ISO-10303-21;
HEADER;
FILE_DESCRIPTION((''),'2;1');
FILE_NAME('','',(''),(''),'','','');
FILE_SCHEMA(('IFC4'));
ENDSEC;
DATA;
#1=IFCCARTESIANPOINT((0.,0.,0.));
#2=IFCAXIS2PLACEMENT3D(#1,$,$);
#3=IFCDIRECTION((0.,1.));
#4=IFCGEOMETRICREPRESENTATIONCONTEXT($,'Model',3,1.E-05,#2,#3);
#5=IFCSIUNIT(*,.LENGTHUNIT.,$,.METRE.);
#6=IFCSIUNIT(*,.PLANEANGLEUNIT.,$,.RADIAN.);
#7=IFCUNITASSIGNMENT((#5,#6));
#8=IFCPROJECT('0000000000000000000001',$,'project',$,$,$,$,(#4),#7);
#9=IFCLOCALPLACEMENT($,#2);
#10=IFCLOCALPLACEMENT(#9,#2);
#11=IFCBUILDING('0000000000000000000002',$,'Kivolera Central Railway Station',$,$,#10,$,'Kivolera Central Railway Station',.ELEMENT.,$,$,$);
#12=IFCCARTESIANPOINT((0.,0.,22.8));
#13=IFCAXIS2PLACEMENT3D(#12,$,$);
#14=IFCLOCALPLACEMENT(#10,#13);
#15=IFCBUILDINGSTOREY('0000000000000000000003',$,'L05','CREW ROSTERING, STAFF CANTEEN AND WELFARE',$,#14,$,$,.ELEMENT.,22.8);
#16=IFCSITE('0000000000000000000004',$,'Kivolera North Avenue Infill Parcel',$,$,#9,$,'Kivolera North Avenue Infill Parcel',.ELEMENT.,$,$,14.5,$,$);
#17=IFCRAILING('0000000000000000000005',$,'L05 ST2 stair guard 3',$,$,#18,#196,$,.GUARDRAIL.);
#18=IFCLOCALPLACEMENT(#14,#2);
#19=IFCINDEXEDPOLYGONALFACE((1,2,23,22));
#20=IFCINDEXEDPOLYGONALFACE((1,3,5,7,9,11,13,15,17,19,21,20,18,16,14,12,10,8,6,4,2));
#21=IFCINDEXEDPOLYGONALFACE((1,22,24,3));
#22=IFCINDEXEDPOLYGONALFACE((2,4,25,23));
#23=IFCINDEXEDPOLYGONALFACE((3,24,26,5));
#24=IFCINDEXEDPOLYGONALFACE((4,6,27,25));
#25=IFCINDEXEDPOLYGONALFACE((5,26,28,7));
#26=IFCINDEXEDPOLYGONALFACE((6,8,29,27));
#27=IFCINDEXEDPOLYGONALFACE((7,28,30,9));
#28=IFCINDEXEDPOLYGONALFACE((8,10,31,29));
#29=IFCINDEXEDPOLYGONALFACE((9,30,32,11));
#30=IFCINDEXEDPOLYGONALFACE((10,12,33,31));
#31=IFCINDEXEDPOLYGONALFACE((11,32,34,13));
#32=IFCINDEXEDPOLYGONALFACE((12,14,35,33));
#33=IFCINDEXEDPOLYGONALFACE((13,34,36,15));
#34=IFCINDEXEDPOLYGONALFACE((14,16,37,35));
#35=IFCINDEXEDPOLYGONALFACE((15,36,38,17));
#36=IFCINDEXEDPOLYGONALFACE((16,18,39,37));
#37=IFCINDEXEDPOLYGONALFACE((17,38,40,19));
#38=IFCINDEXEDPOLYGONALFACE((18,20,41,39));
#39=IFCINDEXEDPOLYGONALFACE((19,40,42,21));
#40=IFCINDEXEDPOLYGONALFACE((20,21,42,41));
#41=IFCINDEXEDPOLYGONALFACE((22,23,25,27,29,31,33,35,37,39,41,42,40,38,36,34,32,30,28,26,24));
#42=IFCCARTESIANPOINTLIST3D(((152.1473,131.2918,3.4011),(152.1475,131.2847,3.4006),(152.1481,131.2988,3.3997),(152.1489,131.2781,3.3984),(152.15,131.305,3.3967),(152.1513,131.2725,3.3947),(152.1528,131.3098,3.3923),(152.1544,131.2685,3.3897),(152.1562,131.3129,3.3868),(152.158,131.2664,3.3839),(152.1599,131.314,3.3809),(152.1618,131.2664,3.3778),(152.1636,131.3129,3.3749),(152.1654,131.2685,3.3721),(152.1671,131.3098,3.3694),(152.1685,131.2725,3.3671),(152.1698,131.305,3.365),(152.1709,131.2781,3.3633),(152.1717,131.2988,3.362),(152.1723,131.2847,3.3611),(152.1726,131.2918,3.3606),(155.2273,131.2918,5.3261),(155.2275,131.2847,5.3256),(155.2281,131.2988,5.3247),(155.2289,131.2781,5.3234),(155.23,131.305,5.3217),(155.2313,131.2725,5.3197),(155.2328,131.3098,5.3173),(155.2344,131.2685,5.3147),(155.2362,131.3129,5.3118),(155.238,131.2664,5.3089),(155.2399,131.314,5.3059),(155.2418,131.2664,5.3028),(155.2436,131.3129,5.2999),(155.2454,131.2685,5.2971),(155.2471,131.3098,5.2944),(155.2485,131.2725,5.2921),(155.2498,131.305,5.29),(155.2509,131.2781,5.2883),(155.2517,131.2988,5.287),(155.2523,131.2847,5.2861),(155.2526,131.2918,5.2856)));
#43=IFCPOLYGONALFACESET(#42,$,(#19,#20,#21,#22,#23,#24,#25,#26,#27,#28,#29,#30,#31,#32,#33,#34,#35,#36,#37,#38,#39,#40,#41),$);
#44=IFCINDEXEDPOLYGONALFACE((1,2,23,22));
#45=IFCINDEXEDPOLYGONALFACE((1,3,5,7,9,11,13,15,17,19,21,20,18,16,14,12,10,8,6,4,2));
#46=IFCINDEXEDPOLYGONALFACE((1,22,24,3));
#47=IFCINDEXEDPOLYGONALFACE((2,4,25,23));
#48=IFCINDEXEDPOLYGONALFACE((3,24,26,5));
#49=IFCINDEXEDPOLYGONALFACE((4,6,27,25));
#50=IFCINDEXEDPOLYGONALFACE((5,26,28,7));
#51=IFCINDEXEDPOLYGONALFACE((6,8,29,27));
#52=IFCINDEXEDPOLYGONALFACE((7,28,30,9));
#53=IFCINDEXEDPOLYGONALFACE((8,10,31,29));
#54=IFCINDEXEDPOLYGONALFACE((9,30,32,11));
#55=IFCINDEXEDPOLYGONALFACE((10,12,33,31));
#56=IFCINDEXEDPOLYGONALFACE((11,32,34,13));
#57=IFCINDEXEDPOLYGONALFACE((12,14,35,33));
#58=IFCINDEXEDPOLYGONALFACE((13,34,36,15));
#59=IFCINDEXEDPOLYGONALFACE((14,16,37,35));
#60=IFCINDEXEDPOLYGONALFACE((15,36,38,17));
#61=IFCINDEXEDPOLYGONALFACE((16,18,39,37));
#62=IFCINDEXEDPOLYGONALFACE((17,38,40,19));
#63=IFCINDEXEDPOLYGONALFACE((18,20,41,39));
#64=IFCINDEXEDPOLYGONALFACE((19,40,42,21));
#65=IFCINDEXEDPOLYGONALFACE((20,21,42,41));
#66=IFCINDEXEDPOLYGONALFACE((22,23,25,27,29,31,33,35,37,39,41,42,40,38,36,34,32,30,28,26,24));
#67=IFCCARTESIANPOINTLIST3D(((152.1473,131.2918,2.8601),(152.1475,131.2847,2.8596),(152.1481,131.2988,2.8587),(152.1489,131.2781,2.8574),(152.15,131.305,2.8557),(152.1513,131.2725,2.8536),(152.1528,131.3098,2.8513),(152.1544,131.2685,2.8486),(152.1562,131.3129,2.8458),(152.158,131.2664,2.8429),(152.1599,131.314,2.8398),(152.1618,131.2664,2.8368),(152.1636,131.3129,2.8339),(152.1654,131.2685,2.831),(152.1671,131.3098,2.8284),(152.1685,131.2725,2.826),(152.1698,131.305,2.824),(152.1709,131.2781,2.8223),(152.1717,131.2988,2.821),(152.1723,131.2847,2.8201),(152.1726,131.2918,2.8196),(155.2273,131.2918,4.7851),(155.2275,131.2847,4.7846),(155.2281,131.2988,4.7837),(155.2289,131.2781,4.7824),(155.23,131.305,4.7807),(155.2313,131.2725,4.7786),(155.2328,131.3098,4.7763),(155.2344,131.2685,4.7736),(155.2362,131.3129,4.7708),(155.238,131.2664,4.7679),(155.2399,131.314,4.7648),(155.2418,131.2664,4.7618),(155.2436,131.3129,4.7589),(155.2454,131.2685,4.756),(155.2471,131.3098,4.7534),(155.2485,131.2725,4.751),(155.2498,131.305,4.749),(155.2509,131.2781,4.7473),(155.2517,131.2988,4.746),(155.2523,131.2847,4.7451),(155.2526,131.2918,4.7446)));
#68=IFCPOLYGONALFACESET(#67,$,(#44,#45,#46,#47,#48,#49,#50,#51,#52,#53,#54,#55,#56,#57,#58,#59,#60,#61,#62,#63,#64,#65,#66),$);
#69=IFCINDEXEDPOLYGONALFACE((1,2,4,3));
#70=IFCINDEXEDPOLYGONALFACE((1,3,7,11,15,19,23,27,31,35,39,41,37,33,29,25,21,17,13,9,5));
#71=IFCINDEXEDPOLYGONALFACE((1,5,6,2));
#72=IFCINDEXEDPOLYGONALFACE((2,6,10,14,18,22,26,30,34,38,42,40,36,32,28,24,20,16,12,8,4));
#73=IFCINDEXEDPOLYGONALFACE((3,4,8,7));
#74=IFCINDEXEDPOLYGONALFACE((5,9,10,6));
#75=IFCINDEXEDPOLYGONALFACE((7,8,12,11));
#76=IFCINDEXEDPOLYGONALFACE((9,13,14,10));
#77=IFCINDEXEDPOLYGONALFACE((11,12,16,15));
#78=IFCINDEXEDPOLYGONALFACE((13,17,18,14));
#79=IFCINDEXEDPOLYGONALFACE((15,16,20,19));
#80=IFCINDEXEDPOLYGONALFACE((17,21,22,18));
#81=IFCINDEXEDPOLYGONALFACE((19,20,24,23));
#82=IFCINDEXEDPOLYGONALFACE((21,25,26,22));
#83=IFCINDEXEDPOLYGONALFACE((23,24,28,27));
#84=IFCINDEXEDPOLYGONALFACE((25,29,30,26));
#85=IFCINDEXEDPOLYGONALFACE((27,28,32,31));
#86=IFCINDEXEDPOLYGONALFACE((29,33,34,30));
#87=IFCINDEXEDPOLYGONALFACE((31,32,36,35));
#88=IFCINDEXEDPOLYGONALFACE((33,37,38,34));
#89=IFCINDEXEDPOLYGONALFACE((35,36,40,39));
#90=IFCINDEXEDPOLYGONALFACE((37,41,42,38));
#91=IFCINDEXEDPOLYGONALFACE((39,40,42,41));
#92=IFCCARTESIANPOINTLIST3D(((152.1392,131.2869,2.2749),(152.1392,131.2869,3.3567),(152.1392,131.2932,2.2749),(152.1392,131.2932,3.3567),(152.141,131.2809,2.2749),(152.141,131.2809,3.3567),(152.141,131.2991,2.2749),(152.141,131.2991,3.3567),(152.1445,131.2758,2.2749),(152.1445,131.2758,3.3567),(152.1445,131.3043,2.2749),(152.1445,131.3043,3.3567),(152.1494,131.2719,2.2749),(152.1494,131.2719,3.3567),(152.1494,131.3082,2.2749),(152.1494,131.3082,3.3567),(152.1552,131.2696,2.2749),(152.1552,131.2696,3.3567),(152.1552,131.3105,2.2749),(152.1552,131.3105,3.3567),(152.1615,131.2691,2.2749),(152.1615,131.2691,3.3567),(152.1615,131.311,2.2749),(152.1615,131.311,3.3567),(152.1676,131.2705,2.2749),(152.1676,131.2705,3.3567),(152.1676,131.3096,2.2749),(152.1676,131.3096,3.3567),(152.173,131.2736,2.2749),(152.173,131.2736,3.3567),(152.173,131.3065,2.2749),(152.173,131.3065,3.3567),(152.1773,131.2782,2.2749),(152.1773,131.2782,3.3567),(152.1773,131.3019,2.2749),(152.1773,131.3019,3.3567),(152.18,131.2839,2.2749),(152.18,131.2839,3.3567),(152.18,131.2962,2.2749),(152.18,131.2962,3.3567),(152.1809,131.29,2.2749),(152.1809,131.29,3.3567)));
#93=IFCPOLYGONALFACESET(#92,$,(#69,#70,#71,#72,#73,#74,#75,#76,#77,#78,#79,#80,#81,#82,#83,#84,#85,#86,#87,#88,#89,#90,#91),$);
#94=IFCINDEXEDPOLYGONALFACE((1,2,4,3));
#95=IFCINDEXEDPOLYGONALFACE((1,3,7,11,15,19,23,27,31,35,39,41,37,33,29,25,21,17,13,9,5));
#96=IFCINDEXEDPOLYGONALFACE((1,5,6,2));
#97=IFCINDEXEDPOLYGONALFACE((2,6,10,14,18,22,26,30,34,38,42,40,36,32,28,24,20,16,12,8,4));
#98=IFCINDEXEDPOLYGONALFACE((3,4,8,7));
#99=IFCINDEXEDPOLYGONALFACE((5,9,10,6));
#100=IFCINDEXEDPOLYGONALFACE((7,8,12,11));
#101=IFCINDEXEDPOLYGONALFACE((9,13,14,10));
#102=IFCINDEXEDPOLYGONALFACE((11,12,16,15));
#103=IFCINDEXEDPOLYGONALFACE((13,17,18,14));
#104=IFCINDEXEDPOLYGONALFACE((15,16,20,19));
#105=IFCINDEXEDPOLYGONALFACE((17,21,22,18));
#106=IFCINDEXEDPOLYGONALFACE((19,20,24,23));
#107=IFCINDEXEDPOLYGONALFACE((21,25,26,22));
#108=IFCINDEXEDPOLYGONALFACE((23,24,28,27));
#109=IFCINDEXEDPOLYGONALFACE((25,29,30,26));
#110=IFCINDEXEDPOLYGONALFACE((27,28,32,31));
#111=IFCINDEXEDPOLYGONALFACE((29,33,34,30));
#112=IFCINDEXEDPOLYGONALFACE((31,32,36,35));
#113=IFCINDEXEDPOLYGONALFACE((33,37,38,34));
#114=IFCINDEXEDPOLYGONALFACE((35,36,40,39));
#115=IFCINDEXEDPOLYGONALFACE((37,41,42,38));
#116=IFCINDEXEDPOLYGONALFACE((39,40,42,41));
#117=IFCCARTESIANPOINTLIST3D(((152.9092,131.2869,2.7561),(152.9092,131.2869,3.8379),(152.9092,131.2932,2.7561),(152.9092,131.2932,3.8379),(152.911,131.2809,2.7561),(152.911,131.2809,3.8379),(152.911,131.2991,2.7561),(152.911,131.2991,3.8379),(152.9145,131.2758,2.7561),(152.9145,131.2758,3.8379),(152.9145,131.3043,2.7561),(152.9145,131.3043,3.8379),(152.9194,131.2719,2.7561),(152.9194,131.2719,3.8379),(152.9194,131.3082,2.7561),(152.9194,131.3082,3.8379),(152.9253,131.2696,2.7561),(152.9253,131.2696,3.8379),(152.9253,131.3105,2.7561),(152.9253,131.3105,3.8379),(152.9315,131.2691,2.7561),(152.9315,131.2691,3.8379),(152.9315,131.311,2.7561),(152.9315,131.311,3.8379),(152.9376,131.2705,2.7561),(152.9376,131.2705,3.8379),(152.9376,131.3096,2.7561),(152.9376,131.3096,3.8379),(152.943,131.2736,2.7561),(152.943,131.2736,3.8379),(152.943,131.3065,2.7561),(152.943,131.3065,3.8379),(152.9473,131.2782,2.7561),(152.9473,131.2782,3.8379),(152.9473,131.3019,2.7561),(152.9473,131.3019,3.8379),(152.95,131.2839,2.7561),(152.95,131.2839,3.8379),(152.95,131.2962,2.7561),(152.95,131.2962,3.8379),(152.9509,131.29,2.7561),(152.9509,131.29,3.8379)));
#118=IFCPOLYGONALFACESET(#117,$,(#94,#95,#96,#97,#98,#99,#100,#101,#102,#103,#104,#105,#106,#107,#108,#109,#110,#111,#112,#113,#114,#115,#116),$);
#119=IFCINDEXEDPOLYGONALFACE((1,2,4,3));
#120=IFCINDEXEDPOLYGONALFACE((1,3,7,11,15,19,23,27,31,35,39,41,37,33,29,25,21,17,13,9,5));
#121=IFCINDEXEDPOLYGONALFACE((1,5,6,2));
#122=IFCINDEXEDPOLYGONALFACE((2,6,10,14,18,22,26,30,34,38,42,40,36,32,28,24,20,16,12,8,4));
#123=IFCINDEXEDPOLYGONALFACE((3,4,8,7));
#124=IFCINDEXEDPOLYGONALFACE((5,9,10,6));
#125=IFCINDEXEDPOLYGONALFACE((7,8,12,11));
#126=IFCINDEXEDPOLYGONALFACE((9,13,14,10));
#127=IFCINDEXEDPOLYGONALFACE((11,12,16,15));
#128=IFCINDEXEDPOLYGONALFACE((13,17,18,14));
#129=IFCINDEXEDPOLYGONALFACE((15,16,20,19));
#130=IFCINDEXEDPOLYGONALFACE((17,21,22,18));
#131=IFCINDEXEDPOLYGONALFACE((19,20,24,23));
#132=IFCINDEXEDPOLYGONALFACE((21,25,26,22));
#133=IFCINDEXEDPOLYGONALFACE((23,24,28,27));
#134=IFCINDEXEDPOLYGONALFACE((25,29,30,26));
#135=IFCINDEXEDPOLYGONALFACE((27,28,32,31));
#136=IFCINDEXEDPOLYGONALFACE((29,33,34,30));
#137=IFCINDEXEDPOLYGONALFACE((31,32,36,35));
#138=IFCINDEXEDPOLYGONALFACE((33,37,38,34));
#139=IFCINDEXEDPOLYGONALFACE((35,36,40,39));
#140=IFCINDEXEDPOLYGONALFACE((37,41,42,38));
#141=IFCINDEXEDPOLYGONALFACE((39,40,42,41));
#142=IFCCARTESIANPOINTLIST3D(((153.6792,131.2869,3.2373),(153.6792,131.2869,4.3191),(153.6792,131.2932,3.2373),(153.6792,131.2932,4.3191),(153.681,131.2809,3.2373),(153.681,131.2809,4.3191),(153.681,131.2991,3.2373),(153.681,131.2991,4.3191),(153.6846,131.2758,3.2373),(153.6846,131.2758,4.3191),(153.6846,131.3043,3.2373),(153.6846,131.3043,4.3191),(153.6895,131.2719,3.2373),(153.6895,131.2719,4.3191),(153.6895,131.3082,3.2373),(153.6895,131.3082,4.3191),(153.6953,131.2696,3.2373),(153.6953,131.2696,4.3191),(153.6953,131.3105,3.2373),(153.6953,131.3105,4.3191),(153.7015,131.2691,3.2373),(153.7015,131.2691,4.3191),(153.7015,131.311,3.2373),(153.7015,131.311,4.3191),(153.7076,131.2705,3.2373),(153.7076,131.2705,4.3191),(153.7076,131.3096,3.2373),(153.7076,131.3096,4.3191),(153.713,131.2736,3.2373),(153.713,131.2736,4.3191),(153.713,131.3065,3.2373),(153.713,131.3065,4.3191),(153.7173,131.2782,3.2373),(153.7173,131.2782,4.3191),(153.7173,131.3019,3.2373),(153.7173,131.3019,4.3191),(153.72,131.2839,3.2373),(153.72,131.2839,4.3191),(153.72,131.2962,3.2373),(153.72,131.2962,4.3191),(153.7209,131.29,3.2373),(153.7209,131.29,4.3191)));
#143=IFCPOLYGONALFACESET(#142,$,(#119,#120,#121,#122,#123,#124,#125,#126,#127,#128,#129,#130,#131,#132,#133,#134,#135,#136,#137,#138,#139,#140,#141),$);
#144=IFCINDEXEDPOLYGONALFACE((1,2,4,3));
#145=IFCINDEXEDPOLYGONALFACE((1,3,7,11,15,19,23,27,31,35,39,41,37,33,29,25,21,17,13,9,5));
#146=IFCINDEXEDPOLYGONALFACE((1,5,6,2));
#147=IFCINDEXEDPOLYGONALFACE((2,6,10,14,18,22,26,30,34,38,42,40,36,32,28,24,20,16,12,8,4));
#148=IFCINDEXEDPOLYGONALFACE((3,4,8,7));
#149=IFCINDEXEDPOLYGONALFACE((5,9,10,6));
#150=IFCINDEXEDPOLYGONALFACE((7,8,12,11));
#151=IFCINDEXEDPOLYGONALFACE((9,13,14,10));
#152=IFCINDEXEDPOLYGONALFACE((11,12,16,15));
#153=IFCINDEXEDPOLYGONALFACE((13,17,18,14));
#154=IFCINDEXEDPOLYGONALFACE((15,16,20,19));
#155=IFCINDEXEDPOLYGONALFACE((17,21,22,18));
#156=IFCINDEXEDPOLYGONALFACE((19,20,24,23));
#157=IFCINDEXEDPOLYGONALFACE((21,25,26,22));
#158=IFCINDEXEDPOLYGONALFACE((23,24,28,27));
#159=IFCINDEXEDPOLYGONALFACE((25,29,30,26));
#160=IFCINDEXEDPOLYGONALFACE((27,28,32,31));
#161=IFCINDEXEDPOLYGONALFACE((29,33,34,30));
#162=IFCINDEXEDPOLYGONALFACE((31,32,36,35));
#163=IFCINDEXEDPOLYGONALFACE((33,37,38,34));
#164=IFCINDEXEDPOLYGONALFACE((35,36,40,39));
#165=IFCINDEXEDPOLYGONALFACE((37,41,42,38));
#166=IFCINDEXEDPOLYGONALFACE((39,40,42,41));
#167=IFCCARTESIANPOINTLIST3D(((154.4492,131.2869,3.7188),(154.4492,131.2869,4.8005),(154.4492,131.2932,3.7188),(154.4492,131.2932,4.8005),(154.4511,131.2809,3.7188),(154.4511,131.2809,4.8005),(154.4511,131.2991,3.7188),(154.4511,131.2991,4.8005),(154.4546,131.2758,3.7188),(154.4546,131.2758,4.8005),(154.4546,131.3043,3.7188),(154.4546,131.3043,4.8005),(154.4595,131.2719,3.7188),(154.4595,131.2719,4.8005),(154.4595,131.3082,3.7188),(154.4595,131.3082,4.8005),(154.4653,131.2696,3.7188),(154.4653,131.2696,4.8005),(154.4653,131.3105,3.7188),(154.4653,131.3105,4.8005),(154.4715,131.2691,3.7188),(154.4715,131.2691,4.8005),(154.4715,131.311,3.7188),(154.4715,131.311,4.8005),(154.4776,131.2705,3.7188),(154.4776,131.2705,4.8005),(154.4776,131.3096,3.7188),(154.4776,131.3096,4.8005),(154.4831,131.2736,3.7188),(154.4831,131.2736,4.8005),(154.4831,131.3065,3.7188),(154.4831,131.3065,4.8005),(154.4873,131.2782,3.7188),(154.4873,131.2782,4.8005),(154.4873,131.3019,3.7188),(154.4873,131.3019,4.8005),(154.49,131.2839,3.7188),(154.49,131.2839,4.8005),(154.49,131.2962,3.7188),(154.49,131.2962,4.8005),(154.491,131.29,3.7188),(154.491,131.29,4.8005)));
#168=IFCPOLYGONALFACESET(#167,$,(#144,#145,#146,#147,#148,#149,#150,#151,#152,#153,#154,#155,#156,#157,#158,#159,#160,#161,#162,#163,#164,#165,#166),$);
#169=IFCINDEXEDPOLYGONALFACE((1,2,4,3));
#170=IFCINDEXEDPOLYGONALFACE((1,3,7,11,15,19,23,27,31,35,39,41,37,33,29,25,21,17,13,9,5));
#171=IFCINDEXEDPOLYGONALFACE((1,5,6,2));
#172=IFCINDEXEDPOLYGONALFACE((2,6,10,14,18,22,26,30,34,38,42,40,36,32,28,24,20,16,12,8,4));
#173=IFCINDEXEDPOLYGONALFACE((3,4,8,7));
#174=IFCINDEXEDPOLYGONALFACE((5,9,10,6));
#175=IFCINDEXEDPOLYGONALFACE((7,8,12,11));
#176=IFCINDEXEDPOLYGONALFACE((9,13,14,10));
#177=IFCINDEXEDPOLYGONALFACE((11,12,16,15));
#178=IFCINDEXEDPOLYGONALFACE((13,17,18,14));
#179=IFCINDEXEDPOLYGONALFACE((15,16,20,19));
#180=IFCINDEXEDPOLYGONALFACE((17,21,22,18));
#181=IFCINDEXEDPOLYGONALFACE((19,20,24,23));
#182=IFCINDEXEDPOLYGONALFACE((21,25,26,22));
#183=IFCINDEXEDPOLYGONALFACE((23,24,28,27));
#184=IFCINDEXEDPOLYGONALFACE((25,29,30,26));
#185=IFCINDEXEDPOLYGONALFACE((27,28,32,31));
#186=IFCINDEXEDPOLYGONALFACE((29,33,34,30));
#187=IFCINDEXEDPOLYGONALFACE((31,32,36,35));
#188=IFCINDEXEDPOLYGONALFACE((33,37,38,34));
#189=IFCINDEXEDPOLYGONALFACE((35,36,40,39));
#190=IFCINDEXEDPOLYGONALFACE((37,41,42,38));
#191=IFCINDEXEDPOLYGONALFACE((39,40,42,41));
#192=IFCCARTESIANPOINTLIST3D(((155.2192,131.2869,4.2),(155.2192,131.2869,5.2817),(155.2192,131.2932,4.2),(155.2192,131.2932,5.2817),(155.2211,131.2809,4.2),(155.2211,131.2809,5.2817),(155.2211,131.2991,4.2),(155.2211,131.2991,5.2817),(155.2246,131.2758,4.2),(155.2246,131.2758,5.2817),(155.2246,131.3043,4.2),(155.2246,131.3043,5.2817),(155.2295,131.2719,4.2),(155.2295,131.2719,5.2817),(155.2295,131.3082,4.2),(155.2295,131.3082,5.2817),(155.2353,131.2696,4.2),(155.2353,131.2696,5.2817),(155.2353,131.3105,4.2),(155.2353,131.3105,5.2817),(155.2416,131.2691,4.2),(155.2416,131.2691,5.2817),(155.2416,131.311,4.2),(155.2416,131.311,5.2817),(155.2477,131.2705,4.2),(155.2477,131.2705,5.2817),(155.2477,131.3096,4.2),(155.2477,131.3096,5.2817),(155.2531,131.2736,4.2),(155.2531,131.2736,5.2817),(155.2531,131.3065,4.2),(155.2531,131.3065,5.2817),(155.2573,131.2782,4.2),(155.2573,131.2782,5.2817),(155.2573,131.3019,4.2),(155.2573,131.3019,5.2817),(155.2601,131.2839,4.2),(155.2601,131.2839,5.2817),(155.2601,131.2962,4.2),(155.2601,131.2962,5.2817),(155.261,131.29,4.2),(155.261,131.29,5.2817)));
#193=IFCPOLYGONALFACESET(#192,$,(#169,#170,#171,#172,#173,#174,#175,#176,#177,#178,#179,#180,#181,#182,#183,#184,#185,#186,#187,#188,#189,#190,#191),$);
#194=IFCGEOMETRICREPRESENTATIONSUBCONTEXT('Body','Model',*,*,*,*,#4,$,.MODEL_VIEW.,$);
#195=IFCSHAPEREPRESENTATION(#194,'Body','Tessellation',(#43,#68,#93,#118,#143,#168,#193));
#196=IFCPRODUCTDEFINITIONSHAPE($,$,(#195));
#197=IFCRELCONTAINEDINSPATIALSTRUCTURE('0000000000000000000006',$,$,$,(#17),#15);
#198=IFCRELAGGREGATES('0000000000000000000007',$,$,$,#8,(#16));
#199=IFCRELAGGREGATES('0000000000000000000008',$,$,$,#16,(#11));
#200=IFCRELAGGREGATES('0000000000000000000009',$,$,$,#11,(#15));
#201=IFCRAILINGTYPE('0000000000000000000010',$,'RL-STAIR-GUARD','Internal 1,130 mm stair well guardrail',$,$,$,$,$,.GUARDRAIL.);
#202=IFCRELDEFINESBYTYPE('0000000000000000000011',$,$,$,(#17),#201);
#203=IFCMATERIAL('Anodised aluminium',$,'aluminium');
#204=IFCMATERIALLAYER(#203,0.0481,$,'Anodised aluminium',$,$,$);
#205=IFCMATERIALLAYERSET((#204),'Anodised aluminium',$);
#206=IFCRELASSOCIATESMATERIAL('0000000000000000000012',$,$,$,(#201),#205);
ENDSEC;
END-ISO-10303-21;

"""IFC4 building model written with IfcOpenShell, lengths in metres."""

from ifc_helpers import new_model, si_unit, direction, frame, origin, origin_2d, place, context, subcontext, project, spatial, circle, extrude, material, layer, layer_set, type_object, element, save


model = new_model("IFC4")

# Units and contexts
model_context = context("Model", 3, precision=1e-05, world=origin(), true_north=direction((0.0, 1.0)))
body_context = subcontext(model_context, "Body", "Model", "MODEL_VIEW")
ifc_project = project(units=[si_unit("LENGTHUNIT", "METRE"), si_unit("PLANEANGLEUNIT", "RADIAN")], contexts=[model_context])

# Site, building, storey
site_placement = place(None, origin())
site = spatial("IfcSite", under=ifc_project, at=site_placement, Name="Kivolera North Avenue Infill Parcel", LongName="Kivolera North Avenue Infill Parcel", CompositionType="ELEMENT", RefElevation=14.5)
building_placement = place(site_placement, origin())
building = spatial("IfcBuilding", under=site, at=building_placement, Name="Kivolera Central Railway Station", LongName="Kivolera Central Railway Station", CompositionType="ELEMENT")
storey_placement = place(building_placement, frame((0.0, 0.0, 22.8)))
storey = spatial("IfcBuildingStorey", under=building, at=storey_placement, Name="L05", Description="CREW ROSTERING, STAFF CANTEEN AND WELFARE", CompositionType="ELEMENT", Elevation=22.8)

# Shared definitions
ifc_material_1 = material(Name="Anodised aluminium", Category="aluminium")

# Railing
ifc_layer_1 = layer(ifc_material_1, 0.0481, Name="Anodised aluminium")
ifc_layer_set_1 = layer_set([ifc_layer_1], Name="Anodised aluminium")
railing_type = type_object("IfcRailingType", Name="RL-STAIR-GUARD", Description="Internal 1,130 mm stair well guardrail", PredefinedType="GUARDRAIL", material=ifc_layer_set_1)
railing_1_placement = place(storey_placement, frame((152.1599, 131.29, 2.2749)))
element("IfcRailing", 1, at=railing_1_placement, inside=storey, type_object=railing_type, Name="L05 ST2 stair guard 3", PredefinedType="GUARDRAIL", context=body_context, shape_type="SweptSolid", body=[
    extrude(circle(Radius=0.0239, at=origin_2d()), frame((0.0, 0.0, 1.106), z_axis=(0.847998, 0.0, 0.529999), x_axis=(0.0, 1.0, 0.0)), (0.0, 0.0, 1.0), 3.6321),
    extrude(circle(Radius=0.0239, at=origin_2d()), frame((0.0, 0.0, 0.5649), z_axis=(0.847998, 0.0, 0.529999), x_axis=(0.0, 1.0, 0.0)), (0.0, 0.0, 1.0), 3.6321),
    extrude(circle(Radius=0.021, at=origin_2d()), origin(), (0.0, 0.0, 1.0), 1.0818),
    extrude(circle(Radius=0.021, at=origin_2d()), frame((0.77, 0.0, 0.4812)), (0.0, 0.0, 1.0), 1.0818),
    extrude(circle(Radius=0.021, at=origin_2d()), frame((1.54, 0.0, 0.9624)), (0.0, 0.0, 1.0), 1.0818),
    extrude(circle(Radius=0.021, at=origin_2d()), frame((2.3101, 0.0, 1.4438)), (0.0, 0.0, 1.0), 1.0818),
    extrude(circle(Radius=0.021, at=origin_2d()), frame((3.0801, 0.0, 1.925)), (0.0, 0.0, 1.0), 1.0818),
])

save(model, "model.ifc")
